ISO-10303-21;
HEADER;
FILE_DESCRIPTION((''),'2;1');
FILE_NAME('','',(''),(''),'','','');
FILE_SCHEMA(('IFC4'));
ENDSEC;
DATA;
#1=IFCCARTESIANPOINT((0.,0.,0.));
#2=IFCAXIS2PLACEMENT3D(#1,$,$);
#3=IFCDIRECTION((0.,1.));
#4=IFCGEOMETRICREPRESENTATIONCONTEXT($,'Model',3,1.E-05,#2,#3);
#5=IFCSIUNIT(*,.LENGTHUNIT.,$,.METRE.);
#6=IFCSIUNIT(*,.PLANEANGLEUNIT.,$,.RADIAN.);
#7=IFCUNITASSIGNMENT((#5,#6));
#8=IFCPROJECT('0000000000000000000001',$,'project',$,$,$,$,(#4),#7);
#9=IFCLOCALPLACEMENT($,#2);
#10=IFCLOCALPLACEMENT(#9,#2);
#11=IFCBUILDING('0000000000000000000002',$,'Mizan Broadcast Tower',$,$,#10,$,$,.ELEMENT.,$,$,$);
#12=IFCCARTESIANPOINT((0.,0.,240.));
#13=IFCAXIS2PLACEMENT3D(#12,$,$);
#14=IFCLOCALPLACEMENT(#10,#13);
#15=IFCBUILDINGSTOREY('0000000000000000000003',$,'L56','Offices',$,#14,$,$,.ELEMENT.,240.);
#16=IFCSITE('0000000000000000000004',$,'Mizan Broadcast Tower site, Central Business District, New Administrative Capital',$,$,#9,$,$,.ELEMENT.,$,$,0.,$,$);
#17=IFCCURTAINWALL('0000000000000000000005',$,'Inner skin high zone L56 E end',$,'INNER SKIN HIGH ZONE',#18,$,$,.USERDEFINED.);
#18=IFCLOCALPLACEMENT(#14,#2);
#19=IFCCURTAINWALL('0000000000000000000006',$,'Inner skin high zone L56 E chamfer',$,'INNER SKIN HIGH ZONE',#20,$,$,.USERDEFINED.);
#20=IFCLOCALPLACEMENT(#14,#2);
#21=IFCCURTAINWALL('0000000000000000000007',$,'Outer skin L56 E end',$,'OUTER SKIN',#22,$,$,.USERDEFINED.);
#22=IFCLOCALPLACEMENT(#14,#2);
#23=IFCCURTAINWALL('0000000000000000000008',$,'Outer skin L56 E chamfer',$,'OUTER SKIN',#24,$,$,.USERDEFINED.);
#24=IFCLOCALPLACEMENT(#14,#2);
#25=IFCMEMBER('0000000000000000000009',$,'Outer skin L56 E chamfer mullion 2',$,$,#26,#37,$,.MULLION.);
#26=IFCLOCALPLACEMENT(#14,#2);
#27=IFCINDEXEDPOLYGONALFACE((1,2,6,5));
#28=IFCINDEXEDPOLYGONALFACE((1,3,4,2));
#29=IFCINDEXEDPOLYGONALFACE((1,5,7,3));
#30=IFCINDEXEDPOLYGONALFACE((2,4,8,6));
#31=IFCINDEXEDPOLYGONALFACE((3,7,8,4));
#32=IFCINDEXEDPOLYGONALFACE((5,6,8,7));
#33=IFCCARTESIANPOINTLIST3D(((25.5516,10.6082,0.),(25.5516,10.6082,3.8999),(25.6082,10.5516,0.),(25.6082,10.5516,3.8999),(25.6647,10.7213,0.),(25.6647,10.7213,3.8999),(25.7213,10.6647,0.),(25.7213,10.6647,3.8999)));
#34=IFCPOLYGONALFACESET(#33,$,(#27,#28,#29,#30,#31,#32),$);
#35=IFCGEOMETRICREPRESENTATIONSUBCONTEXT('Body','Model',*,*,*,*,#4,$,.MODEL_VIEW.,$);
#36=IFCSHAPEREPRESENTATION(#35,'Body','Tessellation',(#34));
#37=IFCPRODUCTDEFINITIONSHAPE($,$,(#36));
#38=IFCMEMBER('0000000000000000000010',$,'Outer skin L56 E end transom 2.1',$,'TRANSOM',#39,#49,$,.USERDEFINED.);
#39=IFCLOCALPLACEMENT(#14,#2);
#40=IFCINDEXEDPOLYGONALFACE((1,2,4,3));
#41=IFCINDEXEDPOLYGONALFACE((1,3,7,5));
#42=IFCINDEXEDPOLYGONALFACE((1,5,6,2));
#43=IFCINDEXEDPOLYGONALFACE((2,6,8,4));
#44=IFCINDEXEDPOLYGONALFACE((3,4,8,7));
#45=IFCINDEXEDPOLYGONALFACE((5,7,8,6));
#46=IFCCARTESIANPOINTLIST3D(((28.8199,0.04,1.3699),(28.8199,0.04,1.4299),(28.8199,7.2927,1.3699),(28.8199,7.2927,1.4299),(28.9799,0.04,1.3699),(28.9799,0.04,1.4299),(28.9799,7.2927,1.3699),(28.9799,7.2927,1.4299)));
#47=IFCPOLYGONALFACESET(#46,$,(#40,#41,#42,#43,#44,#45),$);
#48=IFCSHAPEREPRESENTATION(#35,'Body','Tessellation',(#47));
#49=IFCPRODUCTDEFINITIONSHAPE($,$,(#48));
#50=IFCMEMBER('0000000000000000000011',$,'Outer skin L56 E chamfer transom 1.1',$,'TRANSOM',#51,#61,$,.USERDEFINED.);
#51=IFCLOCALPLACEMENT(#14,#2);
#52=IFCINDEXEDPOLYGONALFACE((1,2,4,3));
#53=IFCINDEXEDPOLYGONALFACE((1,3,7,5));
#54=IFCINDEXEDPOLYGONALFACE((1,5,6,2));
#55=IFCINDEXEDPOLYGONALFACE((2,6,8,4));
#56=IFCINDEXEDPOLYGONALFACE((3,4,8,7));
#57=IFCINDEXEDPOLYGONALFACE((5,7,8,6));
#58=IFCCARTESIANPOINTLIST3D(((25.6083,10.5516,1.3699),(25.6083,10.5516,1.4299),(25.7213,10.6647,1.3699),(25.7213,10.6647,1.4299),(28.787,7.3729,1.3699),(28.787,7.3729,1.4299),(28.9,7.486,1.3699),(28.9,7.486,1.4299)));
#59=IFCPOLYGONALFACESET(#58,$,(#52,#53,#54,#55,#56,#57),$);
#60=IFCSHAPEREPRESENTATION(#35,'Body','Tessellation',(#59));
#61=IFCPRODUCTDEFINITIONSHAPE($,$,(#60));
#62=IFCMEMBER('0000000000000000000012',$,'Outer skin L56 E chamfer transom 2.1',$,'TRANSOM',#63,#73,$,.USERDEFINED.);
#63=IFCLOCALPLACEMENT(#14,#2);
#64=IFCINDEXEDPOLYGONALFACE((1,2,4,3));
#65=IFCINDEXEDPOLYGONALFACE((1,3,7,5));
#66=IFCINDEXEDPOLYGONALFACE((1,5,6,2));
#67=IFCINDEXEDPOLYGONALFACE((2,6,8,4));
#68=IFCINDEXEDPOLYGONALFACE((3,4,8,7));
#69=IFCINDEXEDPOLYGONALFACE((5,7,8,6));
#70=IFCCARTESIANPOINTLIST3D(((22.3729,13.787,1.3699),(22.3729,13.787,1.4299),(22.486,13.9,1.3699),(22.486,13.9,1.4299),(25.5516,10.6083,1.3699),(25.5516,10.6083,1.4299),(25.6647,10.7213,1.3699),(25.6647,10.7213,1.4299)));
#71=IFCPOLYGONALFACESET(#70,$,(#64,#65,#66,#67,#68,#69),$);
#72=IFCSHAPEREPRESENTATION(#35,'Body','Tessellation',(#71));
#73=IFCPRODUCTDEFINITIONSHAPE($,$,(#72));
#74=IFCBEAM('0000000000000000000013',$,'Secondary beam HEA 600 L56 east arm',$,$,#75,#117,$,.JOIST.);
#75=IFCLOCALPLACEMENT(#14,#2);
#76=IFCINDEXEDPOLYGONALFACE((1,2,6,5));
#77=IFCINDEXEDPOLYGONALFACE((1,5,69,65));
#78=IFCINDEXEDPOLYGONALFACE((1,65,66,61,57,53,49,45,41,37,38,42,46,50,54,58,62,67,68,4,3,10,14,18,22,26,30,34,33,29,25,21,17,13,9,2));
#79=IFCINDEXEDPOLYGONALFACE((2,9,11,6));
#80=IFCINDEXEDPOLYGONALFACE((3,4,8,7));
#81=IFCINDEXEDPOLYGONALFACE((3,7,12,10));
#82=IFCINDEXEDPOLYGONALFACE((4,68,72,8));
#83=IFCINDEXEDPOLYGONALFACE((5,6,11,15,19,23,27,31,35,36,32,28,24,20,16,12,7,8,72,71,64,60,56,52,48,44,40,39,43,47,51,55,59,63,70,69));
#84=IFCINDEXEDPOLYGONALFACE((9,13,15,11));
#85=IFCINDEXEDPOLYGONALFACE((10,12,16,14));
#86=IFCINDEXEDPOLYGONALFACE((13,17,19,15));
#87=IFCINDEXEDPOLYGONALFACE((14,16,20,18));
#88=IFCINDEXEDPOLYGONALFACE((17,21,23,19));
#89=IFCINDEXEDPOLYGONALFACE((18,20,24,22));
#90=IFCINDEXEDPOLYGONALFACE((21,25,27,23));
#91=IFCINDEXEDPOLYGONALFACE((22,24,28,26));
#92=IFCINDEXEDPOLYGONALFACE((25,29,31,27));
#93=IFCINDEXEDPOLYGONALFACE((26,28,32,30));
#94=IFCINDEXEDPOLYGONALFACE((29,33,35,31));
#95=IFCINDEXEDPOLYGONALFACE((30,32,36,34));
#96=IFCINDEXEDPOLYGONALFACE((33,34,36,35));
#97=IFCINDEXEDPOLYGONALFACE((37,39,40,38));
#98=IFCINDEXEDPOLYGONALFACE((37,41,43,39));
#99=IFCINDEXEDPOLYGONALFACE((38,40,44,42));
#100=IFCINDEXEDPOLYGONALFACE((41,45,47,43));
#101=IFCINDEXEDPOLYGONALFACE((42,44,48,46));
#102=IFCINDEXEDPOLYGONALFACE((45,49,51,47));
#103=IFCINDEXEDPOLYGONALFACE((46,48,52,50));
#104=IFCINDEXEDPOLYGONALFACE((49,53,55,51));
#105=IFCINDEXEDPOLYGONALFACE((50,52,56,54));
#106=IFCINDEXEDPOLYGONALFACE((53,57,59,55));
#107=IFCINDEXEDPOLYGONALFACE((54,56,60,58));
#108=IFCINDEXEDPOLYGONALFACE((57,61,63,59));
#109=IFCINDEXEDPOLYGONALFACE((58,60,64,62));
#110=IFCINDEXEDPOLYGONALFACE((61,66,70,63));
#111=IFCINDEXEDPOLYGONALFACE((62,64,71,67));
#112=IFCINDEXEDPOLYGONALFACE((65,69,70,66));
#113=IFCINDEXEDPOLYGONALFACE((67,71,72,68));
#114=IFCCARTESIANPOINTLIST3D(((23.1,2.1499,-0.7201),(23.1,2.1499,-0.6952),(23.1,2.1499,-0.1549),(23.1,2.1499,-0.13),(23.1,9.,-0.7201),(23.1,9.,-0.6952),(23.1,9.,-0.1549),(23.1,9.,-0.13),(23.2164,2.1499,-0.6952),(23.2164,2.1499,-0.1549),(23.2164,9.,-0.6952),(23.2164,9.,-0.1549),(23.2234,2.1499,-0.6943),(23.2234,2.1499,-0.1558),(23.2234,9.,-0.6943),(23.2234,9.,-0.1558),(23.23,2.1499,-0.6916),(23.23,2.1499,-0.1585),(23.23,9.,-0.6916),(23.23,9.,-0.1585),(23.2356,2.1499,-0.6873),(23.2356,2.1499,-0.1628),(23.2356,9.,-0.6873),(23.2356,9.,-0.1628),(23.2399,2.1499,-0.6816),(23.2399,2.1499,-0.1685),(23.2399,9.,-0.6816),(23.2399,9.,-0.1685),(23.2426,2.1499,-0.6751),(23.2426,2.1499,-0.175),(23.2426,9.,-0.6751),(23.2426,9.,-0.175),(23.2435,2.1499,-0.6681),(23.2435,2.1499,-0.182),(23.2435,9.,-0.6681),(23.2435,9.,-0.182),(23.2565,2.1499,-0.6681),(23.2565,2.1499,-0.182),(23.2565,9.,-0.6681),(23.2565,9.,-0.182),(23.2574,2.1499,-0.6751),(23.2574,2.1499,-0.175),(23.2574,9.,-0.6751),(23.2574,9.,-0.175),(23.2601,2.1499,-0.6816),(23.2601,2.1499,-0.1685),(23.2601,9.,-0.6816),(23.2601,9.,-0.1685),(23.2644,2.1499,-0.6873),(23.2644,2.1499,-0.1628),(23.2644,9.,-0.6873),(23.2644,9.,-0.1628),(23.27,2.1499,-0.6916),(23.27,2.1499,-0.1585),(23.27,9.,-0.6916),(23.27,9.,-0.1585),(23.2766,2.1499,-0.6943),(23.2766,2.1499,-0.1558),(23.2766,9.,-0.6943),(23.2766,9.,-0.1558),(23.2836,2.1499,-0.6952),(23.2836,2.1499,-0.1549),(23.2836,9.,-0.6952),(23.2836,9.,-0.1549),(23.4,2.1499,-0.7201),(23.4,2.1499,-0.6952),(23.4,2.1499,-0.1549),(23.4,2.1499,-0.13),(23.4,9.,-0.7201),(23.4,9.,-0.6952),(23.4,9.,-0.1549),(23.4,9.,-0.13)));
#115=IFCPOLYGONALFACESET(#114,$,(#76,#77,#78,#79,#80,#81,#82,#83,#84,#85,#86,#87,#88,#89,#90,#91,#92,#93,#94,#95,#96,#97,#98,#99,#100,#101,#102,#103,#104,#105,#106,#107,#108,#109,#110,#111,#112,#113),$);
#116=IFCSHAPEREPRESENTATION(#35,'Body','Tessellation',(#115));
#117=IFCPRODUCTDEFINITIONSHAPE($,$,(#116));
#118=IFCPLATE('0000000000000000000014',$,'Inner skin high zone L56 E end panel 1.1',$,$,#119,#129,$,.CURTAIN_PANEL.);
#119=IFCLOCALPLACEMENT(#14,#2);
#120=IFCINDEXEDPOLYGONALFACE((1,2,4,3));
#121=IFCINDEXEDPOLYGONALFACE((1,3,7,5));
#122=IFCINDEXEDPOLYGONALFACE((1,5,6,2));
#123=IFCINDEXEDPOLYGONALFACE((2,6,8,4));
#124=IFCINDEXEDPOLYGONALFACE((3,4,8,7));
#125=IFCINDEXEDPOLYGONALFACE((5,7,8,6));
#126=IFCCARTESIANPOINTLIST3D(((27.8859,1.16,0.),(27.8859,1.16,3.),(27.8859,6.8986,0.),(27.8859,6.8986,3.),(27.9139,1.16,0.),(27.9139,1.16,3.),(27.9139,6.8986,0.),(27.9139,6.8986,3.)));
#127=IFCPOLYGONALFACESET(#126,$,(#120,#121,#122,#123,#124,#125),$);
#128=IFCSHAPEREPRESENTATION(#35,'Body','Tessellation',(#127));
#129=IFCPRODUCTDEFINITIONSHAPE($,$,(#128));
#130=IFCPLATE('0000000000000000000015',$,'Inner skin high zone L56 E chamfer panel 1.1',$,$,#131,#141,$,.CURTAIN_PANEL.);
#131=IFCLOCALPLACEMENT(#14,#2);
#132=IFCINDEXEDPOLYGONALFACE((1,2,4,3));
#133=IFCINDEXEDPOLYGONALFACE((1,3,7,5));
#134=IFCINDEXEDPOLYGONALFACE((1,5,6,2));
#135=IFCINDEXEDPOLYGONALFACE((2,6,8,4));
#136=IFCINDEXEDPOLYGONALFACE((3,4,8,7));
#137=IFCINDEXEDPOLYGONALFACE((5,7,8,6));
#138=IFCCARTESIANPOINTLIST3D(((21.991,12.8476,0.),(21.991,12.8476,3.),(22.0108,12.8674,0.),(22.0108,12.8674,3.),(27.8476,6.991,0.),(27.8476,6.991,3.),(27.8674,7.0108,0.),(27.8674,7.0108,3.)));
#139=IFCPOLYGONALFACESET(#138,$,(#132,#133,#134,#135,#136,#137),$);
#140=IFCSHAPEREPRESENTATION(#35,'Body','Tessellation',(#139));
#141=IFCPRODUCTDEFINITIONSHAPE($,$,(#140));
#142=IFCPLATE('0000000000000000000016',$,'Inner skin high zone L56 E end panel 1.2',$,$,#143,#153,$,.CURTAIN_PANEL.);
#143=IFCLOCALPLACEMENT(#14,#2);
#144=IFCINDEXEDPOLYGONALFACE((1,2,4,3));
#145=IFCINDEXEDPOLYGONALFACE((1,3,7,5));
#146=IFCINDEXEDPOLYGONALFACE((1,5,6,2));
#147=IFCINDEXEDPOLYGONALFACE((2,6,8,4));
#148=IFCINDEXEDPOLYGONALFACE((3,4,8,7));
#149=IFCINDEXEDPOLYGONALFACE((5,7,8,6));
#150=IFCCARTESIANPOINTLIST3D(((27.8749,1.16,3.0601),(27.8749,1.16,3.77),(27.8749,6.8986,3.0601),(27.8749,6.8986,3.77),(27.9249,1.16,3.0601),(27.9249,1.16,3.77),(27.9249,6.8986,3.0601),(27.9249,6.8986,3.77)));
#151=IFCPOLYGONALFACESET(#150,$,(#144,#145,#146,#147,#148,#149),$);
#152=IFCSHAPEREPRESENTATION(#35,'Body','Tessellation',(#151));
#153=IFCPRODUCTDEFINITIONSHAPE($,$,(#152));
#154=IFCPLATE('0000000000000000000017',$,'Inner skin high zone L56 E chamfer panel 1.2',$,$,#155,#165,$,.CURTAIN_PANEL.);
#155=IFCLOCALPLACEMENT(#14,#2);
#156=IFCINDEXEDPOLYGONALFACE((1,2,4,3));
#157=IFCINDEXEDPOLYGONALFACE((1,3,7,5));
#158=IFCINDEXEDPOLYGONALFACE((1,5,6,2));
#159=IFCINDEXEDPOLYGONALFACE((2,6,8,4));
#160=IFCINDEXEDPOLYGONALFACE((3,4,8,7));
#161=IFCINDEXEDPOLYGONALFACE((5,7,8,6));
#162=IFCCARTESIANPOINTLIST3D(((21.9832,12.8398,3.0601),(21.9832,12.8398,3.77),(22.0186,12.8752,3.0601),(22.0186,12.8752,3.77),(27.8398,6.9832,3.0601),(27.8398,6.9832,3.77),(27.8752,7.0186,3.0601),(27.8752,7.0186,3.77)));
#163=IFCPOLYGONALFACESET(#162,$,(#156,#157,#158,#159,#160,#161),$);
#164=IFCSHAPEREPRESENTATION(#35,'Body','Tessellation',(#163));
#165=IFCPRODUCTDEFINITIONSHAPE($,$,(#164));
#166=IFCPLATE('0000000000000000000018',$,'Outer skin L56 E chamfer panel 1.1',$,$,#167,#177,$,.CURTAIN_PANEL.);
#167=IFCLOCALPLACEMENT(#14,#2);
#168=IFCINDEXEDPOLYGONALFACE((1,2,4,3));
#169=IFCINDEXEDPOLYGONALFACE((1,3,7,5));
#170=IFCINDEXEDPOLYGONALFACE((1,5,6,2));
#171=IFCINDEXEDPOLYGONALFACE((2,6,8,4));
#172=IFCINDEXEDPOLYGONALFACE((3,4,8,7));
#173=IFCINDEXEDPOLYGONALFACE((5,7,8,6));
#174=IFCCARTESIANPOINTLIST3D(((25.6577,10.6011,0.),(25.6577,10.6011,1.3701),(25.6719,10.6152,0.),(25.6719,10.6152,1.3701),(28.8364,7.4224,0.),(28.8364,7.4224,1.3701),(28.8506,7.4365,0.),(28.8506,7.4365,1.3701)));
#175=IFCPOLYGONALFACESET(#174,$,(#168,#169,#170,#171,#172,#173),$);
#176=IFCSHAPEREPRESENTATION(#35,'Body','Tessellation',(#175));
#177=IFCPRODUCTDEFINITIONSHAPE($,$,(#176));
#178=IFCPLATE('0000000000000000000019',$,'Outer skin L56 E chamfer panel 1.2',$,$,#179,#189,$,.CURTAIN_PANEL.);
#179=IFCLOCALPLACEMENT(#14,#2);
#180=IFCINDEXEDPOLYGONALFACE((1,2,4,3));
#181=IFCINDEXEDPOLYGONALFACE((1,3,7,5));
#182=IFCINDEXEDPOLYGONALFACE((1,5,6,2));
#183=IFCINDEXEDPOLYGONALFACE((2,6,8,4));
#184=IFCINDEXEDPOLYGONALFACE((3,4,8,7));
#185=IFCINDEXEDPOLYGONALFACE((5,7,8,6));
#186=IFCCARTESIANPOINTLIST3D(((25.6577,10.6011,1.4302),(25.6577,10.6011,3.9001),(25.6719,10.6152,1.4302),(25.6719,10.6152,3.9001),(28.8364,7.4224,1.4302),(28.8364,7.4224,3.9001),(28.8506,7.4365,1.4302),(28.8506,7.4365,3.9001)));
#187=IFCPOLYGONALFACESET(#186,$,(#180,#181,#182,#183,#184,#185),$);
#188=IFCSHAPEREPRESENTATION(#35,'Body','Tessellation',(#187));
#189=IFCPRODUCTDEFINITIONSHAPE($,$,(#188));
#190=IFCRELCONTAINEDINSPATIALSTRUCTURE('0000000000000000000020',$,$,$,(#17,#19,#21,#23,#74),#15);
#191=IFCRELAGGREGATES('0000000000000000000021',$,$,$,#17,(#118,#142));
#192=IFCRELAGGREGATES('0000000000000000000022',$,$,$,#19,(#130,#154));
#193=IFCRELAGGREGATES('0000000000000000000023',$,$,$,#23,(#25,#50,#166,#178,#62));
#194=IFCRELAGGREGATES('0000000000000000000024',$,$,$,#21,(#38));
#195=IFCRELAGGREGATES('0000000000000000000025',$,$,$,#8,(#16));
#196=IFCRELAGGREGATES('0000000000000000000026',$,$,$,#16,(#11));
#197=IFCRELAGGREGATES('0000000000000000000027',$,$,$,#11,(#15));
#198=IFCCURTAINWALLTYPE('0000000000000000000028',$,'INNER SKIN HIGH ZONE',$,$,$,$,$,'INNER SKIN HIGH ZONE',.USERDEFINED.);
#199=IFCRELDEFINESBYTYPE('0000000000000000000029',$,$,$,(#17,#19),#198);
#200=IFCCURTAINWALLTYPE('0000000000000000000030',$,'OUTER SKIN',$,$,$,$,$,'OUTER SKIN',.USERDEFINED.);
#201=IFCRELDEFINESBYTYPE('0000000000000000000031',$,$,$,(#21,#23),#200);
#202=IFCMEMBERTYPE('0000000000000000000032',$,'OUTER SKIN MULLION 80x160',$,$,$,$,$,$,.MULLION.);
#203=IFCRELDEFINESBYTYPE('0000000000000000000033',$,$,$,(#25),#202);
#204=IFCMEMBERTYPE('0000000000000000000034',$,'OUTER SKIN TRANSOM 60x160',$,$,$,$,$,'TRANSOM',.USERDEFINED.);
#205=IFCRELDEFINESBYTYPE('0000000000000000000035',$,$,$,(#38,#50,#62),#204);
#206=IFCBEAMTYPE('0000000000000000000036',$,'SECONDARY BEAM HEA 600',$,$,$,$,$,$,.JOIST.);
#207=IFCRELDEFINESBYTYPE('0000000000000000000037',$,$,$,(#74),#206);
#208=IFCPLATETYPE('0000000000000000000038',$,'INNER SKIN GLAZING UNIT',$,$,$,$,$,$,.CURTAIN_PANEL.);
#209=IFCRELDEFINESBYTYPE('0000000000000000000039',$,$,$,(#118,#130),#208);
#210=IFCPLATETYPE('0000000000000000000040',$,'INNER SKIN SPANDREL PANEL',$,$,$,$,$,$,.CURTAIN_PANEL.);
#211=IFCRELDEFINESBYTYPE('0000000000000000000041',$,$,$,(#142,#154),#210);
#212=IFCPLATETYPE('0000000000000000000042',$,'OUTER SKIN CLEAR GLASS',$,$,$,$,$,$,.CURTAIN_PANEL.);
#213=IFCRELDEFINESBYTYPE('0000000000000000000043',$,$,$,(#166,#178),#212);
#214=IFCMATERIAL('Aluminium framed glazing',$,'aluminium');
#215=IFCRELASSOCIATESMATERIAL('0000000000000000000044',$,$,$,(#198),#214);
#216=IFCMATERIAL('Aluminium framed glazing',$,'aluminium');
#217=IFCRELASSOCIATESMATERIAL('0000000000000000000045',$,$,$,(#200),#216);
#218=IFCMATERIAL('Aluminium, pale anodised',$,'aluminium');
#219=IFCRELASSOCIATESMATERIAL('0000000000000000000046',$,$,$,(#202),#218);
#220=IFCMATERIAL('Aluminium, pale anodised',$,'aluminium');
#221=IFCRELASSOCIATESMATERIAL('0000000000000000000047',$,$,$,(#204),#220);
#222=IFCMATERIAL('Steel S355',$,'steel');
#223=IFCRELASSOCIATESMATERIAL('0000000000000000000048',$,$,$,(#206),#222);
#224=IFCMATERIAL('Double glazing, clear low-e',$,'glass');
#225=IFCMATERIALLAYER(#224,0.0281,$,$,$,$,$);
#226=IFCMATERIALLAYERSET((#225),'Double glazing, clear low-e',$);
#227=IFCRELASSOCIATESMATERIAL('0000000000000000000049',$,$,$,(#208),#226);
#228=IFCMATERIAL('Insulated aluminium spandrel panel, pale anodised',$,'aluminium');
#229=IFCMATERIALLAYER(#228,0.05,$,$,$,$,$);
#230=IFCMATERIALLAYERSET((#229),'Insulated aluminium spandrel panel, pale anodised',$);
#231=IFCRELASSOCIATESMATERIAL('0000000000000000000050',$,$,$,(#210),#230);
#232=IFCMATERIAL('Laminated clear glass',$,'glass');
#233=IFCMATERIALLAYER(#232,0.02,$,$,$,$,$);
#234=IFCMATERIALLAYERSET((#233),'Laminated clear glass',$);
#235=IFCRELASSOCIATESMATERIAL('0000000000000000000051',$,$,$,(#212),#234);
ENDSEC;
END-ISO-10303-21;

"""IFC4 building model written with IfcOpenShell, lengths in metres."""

from ifc_helpers import new_model, si_unit, direction, frame, origin, origin_2d, place, context, subcontext, project, spatial, rectangle, i_section, extrude, material, layer, layer_set, material_profile, profile_set, type_object, element, aggregate, save


model = new_model("IFC4")

# Units and contexts
model_context = context("Model", 3, precision=1e-05, world=origin(), true_north=direction((0.0, 1.0)))
body_context = subcontext(model_context, "Body", "Model", "MODEL_VIEW")
ifc_project = project(units=[si_unit("LENGTHUNIT", "METRE"), si_unit("PLANEANGLEUNIT", "RADIAN")], contexts=[model_context])

# Site, building, storey
site_placement = place(None, origin())
site = spatial("IfcSite", under=ifc_project, at=site_placement, Name="Mizan Broadcast Tower site, Central Business District, New Administrative Capital", CompositionType="ELEMENT", RefElevation=0.0)
building_placement = place(site_placement, origin())
building = spatial("IfcBuilding", under=site, at=building_placement, Name="Mizan Broadcast Tower", CompositionType="ELEMENT")
storey_placement = place(building_placement, frame((0.0, 0.0, 240.0)))
storey = spatial("IfcBuildingStorey", under=building, at=storey_placement, Name="L56", Description="Offices", CompositionType="ELEMENT", Elevation=240.0)

# Curtain wall
ifc_material_1 = material(Name="Aluminium framed glazing", Category="aluminium")
curtain_wall_type_1 = type_object("IfcCurtainWallType", Name="INNER SKIN HIGH ZONE", ElementType="INNER SKIN HIGH ZONE", PredefinedType="USERDEFINED", material=ifc_material_1)
curtain_wall_1_placement = place(storey_placement, origin())
curtain_wall_1 = element("IfcCurtainWall", 1, at=curtain_wall_1_placement, inside=storey, type_object=curtain_wall_type_1, Name="Inner skin high zone L56 E end", ObjectType="INNER SKIN HIGH ZONE", PredefinedType="USERDEFINED")

# Curtain wall
curtain_wall_2_placement = place(storey_placement, origin())
curtain_wall_2 = element("IfcCurtainWall", 2, at=curtain_wall_2_placement, inside=storey, type_object=curtain_wall_type_1, Name="Inner skin high zone L56 E chamfer", ObjectType="INNER SKIN HIGH ZONE", PredefinedType="USERDEFINED")

# Curtain wall
ifc_material_2 = material(Name="Aluminium framed glazing", Category="aluminium")
curtain_wall_type_2 = type_object("IfcCurtainWallType", Name="OUTER SKIN", ElementType="OUTER SKIN", PredefinedType="USERDEFINED", material=ifc_material_2)
curtain_wall_3_placement = place(storey_placement, origin())
curtain_wall_3 = element("IfcCurtainWall", 3, at=curtain_wall_3_placement, inside=storey, type_object=curtain_wall_type_2, Name="Outer skin L56 E end", ObjectType="OUTER SKIN", PredefinedType="USERDEFINED")
ifc_material_3 = material(Name="Aluminium, pale anodised", Category="aluminium")
ifc_material_profile_1 = material_profile(ifc_material_3, rectangle(XDim=0.1599, YDim=0.0801, at=origin_2d()), Name="MULLION 160x80")
ifc_profile_set_1 = profile_set([ifc_material_profile_1], Name="Aluminium, pale anodised")
member_type_1 = type_object("IfcMemberType", Name="OUTER SKIN MULLION 80x160", PredefinedType="MULLION", material=ifc_profile_set_1)

# Curtain wall, member
curtain_wall_4_placement = place(storey_placement, origin())
curtain_wall_4 = element("IfcCurtainWall", 4, at=curtain_wall_4_placement, inside=storey, type_object=curtain_wall_type_2, Name="Outer skin L56 E chamfer", ObjectType="OUTER SKIN", PredefinedType="USERDEFINED")
member_1_placement = place(storey_placement, frame((25.6365, 10.6365, 0.0), z_axis=(0.0, 0.0, 1.0), x_axis=(-0.707107, -0.707107, 0.0)))
member_1 = element("IfcMember", 5, at=member_1_placement, type_object=member_type_1, Name="Outer skin L56 E chamfer mullion 2", PredefinedType="MULLION", context=body_context, shape_type="SweptSolid", body=[
    extrude(rectangle(XDim=0.1599, YDim=0.0801, at=origin_2d()), origin(), (0.0, 0.0, 1.0), 3.8999),
])

# Members
ifc_material_4 = material(Name="Aluminium, pale anodised", Category="aluminium")
ifc_material_profile_2 = material_profile(ifc_material_4, rectangle(XDim=0.1599, YDim=0.0601, at=origin_2d()), Name="TRANSOM 160x60")
ifc_profile_set_2 = profile_set([ifc_material_profile_2], Name="Aluminium, pale anodised")
member_type_2 = type_object("IfcMemberType", Name="OUTER SKIN TRANSOM 60x160", ElementType="TRANSOM", PredefinedType="USERDEFINED", material=ifc_profile_set_2)
member_2_placement = place(storey_placement, frame((28.8999, 0.04, 1.3999), z_axis=(0.0, 1.0, 0.0), x_axis=(-1.0, 0.0, 0.0)))
member_2 = element("IfcMember", 6, at=member_2_placement, type_object=member_type_2, Name="Outer skin L56 E end transom 2.1", ObjectType="TRANSOM", PredefinedType="USERDEFINED", context=body_context, shape_type="SweptSolid", body=[
    extrude(rectangle(XDim=0.1599, YDim=0.0601, at=origin_2d()), origin(), (0.0, 0.0, 1.0), 7.2527),
])
member_3_placement = place(storey_placement, frame((28.8435, 7.4294, 1.3999), z_axis=(-0.707107, 0.707107, 0.0), x_axis=(-0.707107, -0.707107, 0.0)))
member_3 = element("IfcMember", 7, at=member_3_placement, type_object=member_type_2, Name="Outer skin L56 E chamfer transom 1.1", ObjectType="TRANSOM", PredefinedType="USERDEFINED", context=body_context, shape_type="SweptSolid", body=[
    extrude(rectangle(XDim=0.1599, YDim=0.0601, at=origin_2d()), origin(), (0.0, 0.0, 1.0), 4.4954),
])
member_4_placement = place(storey_placement, frame((25.6082, 10.6648, 1.3999), z_axis=(-0.707107, 0.707107, 0.0), x_axis=(-0.707107, -0.707107, 0.0)))
member_4 = element("IfcMember", 8, at=member_4_placement, type_object=member_type_2, Name="Outer skin L56 E chamfer transom 2.1", ObjectType="TRANSOM", PredefinedType="USERDEFINED", context=body_context, shape_type="SweptSolid", body=[
    extrude(rectangle(XDim=0.1599, YDim=0.0601, at=origin_2d()), origin(), (0.0, 0.0, 1.0), 4.4954),
])

# Beam
ifc_material_5 = material(Name="Steel S355", Category="steel")
ifc_material_profile_3 = material_profile(ifc_material_5, i_section(OverallWidth=0.3, OverallDepth=0.5901, WebThickness=0.0129, FlangeThickness=0.0249, FilletRadius=0.0271, at=origin_2d()), Name="HEA 600")
ifc_profile_set_3 = profile_set([ifc_material_profile_3], Name="Steel S355")
beam_type_1 = type_object("IfcBeamType", Name="SECONDARY BEAM HEA 600", PredefinedType="JOIST", material=ifc_profile_set_3)
beam_1_placement = place(storey_placement, frame((23.25, 9.0, -0.425), z_axis=(0.0, -1.0, 0.0), x_axis=(1.0, 0.0, 0.0)))
element("IfcBeam", 9, at=beam_1_placement, inside=storey, type_object=beam_type_1, Name="Secondary beam HEA 600 L56 east arm", PredefinedType="JOIST", context=body_context, shape_type="SweptSolid", body=[
    extrude(i_section(OverallWidth=0.3, OverallDepth=0.5901, WebThickness=0.0129, FlangeThickness=0.0249, FilletRadius=0.0271, at=origin_2d()), origin(), (0.0, 0.0, 1.0), 6.8501),
])

# Plates
ifc_material_6 = material(Name="Double glazing, clear low-e", Category="glass")
ifc_layer_1 = layer(ifc_material_6, 0.0281)
ifc_layer_set_1 = layer_set([ifc_layer_1], Name="Double glazing, clear low-e")
plate_type_1 = type_object("IfcPlateType", Name="INNER SKIN GLAZING UNIT", PredefinedType="CURTAIN_PANEL", material=ifc_layer_set_1)
plate_1_placement = place(storey_placement, frame((27.8999, 4.0293, 0.0), z_axis=(0.0, 0.0, 1.0), x_axis=(0.0, 1.0, 0.0)))
plate_1 = element("IfcPlate", 10, at=plate_1_placement, type_object=plate_type_1, Name="Inner skin high zone L56 E end panel 1.1", PredefinedType="CURTAIN_PANEL", context=body_context, shape_type="SweptSolid", body=[
    extrude(rectangle(XDim=5.7385, YDim=0.0281, at=origin_2d()), origin(), (0.0, 0.0, 1.0), 3.0),
])
plate_2_placement = place(storey_placement, frame((24.9292, 9.9292, 0.0), z_axis=(0.0, 0.0, 1.0), x_axis=(-0.707107, 0.707107, 0.0)))
plate_2 = element("IfcPlate", 11, at=plate_2_placement, type_object=plate_type_1, Name="Inner skin high zone L56 E chamfer panel 1.1", PredefinedType="CURTAIN_PANEL", context=body_context, shape_type="SweptSolid", body=[
    extrude(rectangle(XDim=8.2825, YDim=0.0281, at=origin_2d()), origin(), (0.0, 0.0, 1.0), 3.0),
])
ifc_material_7 = material(Name="Insulated aluminium spandrel panel, pale anodised", Category="aluminium")
ifc_layer_2 = layer(ifc_material_7, 0.05)
ifc_layer_set_2 = layer_set([ifc_layer_2], Name="Insulated aluminium spandrel panel, pale anodised")
plate_type_2 = type_object("IfcPlateType", Name="INNER SKIN SPANDREL PANEL", PredefinedType="CURTAIN_PANEL", material=ifc_layer_set_2)
plate_3_placement = place(storey_placement, frame((27.8999, 4.0293, 3.0601), z_axis=(0.0, 0.0, 1.0), x_axis=(0.0, 1.0, 0.0)))
plate_3 = element("IfcPlate", 12, at=plate_3_placement, type_object=plate_type_2, Name="Inner skin high zone L56 E end panel 1.2", PredefinedType="CURTAIN_PANEL", context=body_context, shape_type="SweptSolid", body=[
    extrude(rectangle(XDim=5.7385, YDim=0.05, at=origin_2d()), origin(), (0.0, 0.0, 1.0), 0.71),
])
aggregate(curtain_wall_1, [plate_1, plate_3])
plate_4_placement = place(storey_placement, frame((24.9292, 9.9292, 3.0601), z_axis=(0.0, 0.0, 1.0), x_axis=(-0.707107, 0.707107, 0.0)))
plate_4 = element("IfcPlate", 13, at=plate_4_placement, type_object=plate_type_2, Name="Inner skin high zone L56 E chamfer panel 1.2", PredefinedType="CURTAIN_PANEL", context=body_context, shape_type="SweptSolid", body=[
    extrude(rectangle(XDim=8.2825, YDim=0.05, at=origin_2d()), origin(), (0.0, 0.0, 1.0), 0.71),
])
aggregate(curtain_wall_2, [plate_2, plate_4])
ifc_material_8 = material(Name="Laminated clear glass", Category="glass")
ifc_layer_3 = layer(ifc_material_8, 0.02)
ifc_layer_set_3 = layer_set([ifc_layer_3], Name="Laminated clear glass")
plate_type_3 = type_object("IfcPlateType", Name="OUTER SKIN CLEAR GLASS", PredefinedType="CURTAIN_PANEL", material=ifc_layer_set_3)
plate_5_placement = place(storey_placement, frame((27.2542, 9.0188, 0.0), z_axis=(0.0, 0.0, 1.0), x_axis=(-0.707107, 0.707107, 0.0)))
plate_5 = element("IfcPlate", 14, at=plate_5_placement, type_object=plate_type_3, Name="Outer skin L56 E chamfer panel 1.1", PredefinedType="CURTAIN_PANEL", context=body_context, shape_type="SweptSolid", body=[
    extrude(rectangle(XDim=4.4954, YDim=0.02, at=origin_2d()), origin(), (0.0, 0.0, 1.0), 1.3701),
])
plate_6_placement = place(storey_placement, frame((27.2542, 9.0188, 1.4302), z_axis=(0.0, 0.0, 1.0), x_axis=(-0.707107, 0.707107, 0.0)))
plate_6 = element("IfcPlate", 15, at=plate_6_placement, type_object=plate_type_3, Name="Outer skin L56 E chamfer panel 1.2", PredefinedType="CURTAIN_PANEL", context=body_context, shape_type="SweptSolid", body=[
    extrude(rectangle(XDim=4.4954, YDim=0.02, at=origin_2d()), origin(), (0.0, 0.0, 1.0), 2.47),
])
aggregate(curtain_wall_4, [member_1, member_3, plate_5, plate_6, member_4])
aggregate(curtain_wall_3, [member_2])

save(model, "model.ifc")
